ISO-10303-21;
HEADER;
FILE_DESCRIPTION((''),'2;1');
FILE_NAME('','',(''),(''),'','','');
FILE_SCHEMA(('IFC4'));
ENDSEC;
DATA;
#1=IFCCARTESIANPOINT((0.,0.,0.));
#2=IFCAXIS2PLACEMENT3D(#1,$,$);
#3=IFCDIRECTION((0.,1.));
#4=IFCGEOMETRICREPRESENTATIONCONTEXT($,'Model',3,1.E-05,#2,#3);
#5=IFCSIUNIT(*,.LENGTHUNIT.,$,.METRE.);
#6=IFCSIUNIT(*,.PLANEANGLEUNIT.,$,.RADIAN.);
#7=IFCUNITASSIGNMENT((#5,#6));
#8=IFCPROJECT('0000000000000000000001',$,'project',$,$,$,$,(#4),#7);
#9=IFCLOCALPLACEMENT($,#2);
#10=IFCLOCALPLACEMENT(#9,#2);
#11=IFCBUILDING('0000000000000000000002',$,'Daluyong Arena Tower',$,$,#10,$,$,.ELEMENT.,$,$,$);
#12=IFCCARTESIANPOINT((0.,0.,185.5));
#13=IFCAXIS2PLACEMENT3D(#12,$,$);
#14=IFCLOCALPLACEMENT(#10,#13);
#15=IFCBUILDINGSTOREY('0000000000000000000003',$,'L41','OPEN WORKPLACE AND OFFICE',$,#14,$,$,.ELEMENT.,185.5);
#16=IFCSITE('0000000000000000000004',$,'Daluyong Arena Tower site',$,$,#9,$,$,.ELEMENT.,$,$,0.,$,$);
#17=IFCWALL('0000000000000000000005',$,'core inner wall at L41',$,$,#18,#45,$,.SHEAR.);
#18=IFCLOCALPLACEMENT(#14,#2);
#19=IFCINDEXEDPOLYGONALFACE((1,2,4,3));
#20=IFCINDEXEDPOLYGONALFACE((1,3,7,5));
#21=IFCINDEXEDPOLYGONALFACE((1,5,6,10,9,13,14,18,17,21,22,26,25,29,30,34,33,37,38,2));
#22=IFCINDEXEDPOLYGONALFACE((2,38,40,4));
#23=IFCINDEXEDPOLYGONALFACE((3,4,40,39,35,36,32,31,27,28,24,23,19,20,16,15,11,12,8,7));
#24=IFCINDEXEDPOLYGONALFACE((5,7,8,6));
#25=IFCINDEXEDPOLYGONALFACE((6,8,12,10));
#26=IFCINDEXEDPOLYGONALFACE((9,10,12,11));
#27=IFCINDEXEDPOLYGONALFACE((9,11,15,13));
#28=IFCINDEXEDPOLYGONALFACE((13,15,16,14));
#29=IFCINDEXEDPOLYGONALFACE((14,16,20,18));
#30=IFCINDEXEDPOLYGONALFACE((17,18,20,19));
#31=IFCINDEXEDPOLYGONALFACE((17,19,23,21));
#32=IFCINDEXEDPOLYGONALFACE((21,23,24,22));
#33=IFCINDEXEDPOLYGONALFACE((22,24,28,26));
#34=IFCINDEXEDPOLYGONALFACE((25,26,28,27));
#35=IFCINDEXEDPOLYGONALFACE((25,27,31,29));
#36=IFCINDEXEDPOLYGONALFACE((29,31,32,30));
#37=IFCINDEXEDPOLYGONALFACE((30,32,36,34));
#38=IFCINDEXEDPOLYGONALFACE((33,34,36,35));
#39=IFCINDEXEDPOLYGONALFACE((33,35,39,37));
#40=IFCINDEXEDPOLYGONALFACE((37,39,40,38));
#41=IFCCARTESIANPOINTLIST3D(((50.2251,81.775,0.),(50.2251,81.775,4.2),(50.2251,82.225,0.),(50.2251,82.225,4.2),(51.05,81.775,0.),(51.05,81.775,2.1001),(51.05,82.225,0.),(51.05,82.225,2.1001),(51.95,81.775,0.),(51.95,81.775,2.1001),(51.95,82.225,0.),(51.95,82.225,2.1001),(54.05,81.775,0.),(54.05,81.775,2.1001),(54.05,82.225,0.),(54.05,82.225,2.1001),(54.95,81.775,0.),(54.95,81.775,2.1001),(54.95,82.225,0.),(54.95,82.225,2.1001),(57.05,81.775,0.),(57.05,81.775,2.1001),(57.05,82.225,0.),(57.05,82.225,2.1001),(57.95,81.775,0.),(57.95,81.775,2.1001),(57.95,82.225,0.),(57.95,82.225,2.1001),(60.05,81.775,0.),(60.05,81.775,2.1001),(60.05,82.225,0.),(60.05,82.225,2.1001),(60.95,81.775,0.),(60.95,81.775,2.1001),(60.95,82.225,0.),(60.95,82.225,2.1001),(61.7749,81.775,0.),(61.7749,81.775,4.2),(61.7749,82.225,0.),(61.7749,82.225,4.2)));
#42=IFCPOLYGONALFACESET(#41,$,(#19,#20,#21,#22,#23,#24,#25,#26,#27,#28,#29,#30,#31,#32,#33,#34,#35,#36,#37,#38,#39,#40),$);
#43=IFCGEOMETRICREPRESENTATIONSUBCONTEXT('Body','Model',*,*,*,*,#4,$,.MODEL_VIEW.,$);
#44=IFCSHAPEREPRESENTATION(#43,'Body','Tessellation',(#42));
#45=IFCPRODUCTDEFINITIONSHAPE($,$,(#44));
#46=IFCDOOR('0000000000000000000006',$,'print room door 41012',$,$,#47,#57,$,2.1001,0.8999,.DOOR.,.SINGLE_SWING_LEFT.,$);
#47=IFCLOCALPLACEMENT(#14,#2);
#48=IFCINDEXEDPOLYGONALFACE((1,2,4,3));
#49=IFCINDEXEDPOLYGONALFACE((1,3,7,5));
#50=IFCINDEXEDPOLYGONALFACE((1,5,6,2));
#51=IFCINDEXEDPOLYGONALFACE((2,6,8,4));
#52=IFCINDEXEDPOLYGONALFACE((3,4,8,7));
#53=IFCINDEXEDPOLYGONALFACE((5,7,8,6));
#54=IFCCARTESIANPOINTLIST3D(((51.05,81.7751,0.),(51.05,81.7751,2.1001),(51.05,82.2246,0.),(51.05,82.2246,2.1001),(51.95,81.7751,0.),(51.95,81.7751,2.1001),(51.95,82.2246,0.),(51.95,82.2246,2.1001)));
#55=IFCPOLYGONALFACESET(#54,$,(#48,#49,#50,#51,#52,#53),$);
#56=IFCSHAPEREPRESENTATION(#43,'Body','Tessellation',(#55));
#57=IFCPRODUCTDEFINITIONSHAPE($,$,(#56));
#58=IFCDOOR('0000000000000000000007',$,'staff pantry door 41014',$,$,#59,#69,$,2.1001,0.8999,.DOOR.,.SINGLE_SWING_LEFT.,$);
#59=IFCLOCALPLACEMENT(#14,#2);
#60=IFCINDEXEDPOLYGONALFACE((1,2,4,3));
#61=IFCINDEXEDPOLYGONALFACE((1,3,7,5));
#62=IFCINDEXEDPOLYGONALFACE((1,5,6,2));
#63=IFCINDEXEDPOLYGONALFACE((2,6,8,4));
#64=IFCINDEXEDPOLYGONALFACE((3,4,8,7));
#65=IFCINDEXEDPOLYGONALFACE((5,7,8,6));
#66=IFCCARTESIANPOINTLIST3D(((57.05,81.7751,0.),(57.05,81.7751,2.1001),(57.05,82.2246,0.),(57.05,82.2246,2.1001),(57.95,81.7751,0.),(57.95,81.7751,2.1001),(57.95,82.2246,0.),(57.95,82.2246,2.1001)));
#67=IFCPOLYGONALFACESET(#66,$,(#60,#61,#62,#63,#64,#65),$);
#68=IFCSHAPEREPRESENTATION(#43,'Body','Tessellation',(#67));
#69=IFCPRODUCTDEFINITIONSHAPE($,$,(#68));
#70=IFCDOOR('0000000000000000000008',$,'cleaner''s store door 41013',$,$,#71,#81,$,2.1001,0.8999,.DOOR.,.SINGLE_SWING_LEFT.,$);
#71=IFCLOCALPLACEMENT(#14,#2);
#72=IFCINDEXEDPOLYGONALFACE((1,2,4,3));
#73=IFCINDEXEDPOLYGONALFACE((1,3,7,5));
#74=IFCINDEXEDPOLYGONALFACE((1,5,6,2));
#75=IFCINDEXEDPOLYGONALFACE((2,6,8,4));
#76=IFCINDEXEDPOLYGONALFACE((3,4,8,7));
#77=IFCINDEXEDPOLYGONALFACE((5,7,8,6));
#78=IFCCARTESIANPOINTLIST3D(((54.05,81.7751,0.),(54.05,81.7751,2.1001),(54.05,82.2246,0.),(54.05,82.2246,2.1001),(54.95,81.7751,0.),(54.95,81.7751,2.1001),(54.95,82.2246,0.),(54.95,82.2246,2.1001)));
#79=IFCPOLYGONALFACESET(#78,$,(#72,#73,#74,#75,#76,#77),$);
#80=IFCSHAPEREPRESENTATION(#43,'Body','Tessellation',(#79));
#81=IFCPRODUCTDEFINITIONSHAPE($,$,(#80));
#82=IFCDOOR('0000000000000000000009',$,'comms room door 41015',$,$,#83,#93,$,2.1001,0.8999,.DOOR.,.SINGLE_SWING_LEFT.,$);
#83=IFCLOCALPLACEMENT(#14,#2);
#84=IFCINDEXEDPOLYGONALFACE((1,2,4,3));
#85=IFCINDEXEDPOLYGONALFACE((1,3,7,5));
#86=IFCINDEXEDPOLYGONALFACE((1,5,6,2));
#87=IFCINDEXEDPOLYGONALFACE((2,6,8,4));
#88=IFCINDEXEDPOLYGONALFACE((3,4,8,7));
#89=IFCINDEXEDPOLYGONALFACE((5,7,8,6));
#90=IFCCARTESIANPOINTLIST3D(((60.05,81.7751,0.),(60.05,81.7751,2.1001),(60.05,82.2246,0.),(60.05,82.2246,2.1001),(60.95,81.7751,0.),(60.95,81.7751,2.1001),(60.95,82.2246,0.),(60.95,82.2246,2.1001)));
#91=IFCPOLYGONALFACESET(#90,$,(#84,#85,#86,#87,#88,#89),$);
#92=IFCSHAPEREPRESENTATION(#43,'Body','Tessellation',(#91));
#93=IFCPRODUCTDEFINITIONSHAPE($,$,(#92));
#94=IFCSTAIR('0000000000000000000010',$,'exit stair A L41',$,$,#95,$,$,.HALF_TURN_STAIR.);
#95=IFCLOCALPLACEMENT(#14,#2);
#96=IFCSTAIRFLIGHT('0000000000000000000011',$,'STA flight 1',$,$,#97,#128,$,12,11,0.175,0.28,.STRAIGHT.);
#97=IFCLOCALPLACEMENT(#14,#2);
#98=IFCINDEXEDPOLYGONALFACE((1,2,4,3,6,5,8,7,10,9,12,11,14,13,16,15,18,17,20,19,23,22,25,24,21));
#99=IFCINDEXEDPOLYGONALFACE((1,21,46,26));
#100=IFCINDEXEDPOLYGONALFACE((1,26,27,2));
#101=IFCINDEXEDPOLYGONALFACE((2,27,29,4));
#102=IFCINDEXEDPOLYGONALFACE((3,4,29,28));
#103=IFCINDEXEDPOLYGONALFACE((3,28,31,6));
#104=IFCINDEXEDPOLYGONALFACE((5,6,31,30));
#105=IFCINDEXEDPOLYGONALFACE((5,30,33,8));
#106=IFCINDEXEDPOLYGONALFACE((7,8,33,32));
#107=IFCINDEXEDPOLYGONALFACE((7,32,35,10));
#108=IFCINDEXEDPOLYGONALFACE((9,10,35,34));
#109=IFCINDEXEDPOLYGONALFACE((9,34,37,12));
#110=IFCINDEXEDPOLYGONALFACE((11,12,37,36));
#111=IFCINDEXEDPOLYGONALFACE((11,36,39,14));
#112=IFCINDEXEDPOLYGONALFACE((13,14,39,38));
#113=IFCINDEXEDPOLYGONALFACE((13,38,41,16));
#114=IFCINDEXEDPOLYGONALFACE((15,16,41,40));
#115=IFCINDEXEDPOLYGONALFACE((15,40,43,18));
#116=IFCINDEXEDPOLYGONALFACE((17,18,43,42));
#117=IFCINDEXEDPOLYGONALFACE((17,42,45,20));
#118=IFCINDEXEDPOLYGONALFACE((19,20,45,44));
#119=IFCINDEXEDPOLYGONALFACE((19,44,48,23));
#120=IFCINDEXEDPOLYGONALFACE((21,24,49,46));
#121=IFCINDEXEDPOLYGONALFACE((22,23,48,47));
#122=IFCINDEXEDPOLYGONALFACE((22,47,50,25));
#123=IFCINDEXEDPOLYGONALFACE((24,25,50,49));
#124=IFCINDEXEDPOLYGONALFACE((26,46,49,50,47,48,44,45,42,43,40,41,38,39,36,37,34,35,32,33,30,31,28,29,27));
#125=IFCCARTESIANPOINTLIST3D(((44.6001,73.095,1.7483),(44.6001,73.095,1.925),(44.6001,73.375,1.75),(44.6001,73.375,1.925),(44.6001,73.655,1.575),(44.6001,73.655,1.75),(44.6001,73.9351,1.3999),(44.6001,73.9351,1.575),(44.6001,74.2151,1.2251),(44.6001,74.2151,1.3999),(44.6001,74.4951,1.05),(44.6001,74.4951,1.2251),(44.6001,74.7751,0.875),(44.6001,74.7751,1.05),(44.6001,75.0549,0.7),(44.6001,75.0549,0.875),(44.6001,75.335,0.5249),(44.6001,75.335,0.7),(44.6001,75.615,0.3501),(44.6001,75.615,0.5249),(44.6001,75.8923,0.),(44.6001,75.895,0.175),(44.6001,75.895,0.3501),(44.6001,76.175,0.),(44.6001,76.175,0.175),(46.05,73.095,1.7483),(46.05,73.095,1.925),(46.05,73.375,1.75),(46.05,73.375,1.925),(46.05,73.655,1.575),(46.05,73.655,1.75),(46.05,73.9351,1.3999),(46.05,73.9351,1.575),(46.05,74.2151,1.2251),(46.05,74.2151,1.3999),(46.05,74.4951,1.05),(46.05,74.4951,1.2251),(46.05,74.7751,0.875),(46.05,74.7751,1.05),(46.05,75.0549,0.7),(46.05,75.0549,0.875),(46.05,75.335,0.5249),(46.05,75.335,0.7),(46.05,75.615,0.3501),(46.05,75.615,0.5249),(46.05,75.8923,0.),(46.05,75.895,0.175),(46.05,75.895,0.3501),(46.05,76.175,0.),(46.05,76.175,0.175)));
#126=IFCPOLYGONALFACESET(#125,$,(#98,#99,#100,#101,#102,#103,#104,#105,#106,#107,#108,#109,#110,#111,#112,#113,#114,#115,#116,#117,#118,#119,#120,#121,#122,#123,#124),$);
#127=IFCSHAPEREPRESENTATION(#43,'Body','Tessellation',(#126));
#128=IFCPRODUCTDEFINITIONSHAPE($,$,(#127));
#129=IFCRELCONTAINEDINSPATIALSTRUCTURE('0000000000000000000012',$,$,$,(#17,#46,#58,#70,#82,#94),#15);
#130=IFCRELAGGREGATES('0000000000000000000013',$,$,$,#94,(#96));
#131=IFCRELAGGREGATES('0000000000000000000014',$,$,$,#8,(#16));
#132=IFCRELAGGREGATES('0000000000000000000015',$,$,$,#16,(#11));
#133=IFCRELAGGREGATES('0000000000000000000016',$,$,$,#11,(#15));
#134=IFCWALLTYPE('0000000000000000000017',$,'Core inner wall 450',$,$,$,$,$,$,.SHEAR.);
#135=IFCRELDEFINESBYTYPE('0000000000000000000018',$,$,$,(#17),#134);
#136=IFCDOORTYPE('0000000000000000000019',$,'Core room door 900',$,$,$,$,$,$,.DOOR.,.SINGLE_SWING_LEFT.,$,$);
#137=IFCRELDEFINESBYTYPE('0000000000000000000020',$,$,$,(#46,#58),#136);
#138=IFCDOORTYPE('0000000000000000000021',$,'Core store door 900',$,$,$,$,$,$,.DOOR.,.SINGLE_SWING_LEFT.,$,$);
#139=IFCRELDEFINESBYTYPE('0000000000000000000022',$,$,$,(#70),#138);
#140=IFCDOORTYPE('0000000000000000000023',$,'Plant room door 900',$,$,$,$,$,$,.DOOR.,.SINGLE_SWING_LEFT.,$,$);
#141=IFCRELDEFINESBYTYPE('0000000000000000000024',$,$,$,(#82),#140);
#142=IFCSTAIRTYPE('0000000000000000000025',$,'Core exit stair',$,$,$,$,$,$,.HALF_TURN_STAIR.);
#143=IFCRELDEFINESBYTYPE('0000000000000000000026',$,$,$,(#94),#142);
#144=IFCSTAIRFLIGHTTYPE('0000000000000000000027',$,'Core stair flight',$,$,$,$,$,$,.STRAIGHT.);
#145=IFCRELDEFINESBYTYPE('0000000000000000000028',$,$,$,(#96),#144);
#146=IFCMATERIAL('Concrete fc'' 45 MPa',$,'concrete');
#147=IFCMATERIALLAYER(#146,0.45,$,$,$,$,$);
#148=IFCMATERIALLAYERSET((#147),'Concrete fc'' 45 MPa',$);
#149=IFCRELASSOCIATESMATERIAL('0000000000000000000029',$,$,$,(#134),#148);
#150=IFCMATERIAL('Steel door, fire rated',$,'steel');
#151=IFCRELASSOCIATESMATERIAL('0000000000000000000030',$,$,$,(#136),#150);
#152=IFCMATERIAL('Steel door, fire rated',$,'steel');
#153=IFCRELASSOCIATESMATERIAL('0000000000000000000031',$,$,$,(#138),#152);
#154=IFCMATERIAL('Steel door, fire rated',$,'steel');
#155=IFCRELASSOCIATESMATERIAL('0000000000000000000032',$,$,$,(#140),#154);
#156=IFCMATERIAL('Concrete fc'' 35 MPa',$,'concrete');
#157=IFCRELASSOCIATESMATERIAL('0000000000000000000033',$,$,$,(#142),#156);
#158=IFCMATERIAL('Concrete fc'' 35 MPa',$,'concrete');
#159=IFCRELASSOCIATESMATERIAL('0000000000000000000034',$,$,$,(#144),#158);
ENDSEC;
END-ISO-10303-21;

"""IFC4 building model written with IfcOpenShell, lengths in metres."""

from ifc_helpers import new_model, si_unit, direction, frame, frame_2d, origin, place, context, subcontext, project, spatial, polyline, rectangle, outline, extrude, material, layer, layer_set, type_object, element, fill, aggregate, save


model = new_model("IFC4")

# Units and contexts
model_context = context("Model", 3, precision=1e-05, world=origin(), true_north=direction((0.0, 1.0)))
body_context = subcontext(model_context, "Body", "Model", "MODEL_VIEW")
ifc_project = project(units=[si_unit("LENGTHUNIT", "METRE"), si_unit("PLANEANGLEUNIT", "RADIAN")], contexts=[model_context])

# Site, building, storey
site_placement = place(None, origin())
site = spatial("IfcSite", under=ifc_project, at=site_placement, Name="Daluyong Arena Tower site", CompositionType="ELEMENT", RefElevation=0.0)
building_placement = place(site_placement, origin())
building = spatial("IfcBuilding", under=site, at=building_placement, Name="Daluyong Arena Tower", CompositionType="ELEMENT")
storey_placement = place(building_placement, frame((0.0, 0.0, 185.5)))
storey = spatial("IfcBuildingStorey", under=building, at=storey_placement, Name="L41", Description="OPEN WORKPLACE AND OFFICE", CompositionType="ELEMENT", Elevation=185.5)

# Wall, openings, doors
ifc_material_1 = material(Name="Concrete fc' 45 MPa", Category="concrete")
ifc_layer = layer(ifc_material_1, 0.45)
ifc_layer_set = layer_set([ifc_layer], Name="Concrete fc' 45 MPa")
wall_type = type_object("IfcWallType", Name="Core inner wall 450", PredefinedType="SHEAR", material=ifc_layer_set)
ifc_material_2 = material(Name="Steel door, fire rated", Category="steel")
door_type_1 = type_object("IfcDoorType", Name="Core room door 900", OperationType="SINGLE_SWING_LEFT", PredefinedType="DOOR", material=ifc_material_2)
ifc_material_3 = material(Name="Steel door, fire rated", Category="steel")
door_type_2 = type_object("IfcDoorType", Name="Core store door 900", OperationType="SINGLE_SWING_LEFT", PredefinedType="DOOR", material=ifc_material_3)
wall_1_placement = place(storey_placement, frame((50.2251, 82.0, 0.0), z_axis=(0.0, 0.0, 1.0), x_axis=(1.0, 0.0, 0.0)))
wall_1 = element("IfcWall", 1, at=wall_1_placement, inside=storey, type_object=wall_type, Name="core inner wall at L41", PredefinedType="SHEAR", context=body_context, shape_type="SweptSolid", body=[
    extrude(rectangle(XDim=11.5498, YDim=0.45, at=frame_2d((5.7749, 0.0))), origin(), (0.0, 0.0, 1.0), 4.2),
])
opening_1_placement = place(wall_1_placement, frame((0.825, 0.0, 0.0)))
opening_1 = element("IfcOpeningElement", 2, at=opening_1_placement, cuts=wall_1, PredefinedType="OPENING", context=body_context, shape_type="SweptSolid", body=[
    extrude(rectangle(XDim=0.8999, YDim=2.1001, at=frame_2d((0.45, 1.05))), frame((0.0, 0.2349, 0.0), z_axis=(0.0, -1.0, 0.0), x_axis=(1.0, 0.0, 0.0)), (0.0, 0.0, 1.0), 0.47),
])
opening_2_placement = place(wall_1_placement, frame((3.825, 0.0, 0.0)))
opening_2 = element("IfcOpeningElement", 3, at=opening_2_placement, cuts=wall_1, PredefinedType="OPENING", context=body_context, shape_type="SweptSolid", body=[
    extrude(rectangle(XDim=0.8999, YDim=2.1001, at=frame_2d((0.45, 1.05))), frame((0.0, 0.2349, 0.0), z_axis=(0.0, -1.0, 0.0), x_axis=(1.0, 0.0, 0.0)), (0.0, 0.0, 1.0), 0.47),
])
opening_3_placement = place(wall_1_placement, frame((6.825, 0.0, 0.0)))
opening_3 = element("IfcOpeningElement", 4, at=opening_3_placement, cuts=wall_1, PredefinedType="OPENING", context=body_context, shape_type="SweptSolid", body=[
    extrude(rectangle(XDim=0.8999, YDim=2.1001, at=frame_2d((0.45, 1.05))), frame((0.0, 0.2349, 0.0), z_axis=(0.0, -1.0, 0.0), x_axis=(1.0, 0.0, 0.0)), (0.0, 0.0, 1.0), 0.47),
])
opening_4_placement = place(wall_1_placement, frame((9.825, 0.0, 0.0)))
opening_4 = element("IfcOpeningElement", 5, at=opening_4_placement, cuts=wall_1, PredefinedType="OPENING", context=body_context, shape_type="SweptSolid", body=[
    extrude(rectangle(XDim=0.8999, YDim=2.1001, at=frame_2d((0.45, 1.05))), frame((0.0, 0.2349, 0.0), z_axis=(0.0, -1.0, 0.0), x_axis=(1.0, 0.0, 0.0)), (0.0, 0.0, 1.0), 0.47),
])
door_1_placement = place(opening_1_placement, origin())
door_1 = element("IfcDoor", 6, at=door_1_placement, inside=storey, type_object=door_type_1, Name="print room door 41012", OperationType="SINGLE_SWING_LEFT", OverallHeight=2.1001, OverallWidth=0.8999, PredefinedType="DOOR", context=body_context, shape_type="SweptSolid", body=[
    extrude(rectangle(XDim=0.8999, YDim=2.1001, at=frame_2d((0.45, 1.05))), frame((0.0, 0.2246, 0.0), z_axis=(0.0, -1.0, 0.0), x_axis=(1.0, 0.0, 0.0)), (0.0, 0.0, 1.0), 0.4495),
])
fill(opening_1, door_1)
door_2_placement = place(opening_3_placement, origin())
door_2 = element("IfcDoor", 7, at=door_2_placement, inside=storey, type_object=door_type_1, Name="staff pantry door 41014", OperationType="SINGLE_SWING_LEFT", OverallHeight=2.1001, OverallWidth=0.8999, PredefinedType="DOOR", context=body_context, shape_type="SweptSolid", body=[
    extrude(rectangle(XDim=0.8999, YDim=2.1001, at=frame_2d((0.45, 1.05))), frame((0.0, 0.2246, 0.0), z_axis=(0.0, -1.0, 0.0), x_axis=(1.0, 0.0, 0.0)), (0.0, 0.0, 1.0), 0.4495),
])
fill(opening_3, door_2)
door_3_placement = place(opening_2_placement, origin())
door_3 = element("IfcDoor", 8, at=door_3_placement, inside=storey, type_object=door_type_2, Name="cleaner's store door 41013", OperationType="SINGLE_SWING_LEFT", OverallHeight=2.1001, OverallWidth=0.8999, PredefinedType="DOOR", context=body_context, shape_type="SweptSolid", body=[
    extrude(rectangle(XDim=0.8999, YDim=2.1001, at=frame_2d((0.45, 1.05))), frame((0.0, 0.2246, 0.0), z_axis=(0.0, -1.0, 0.0), x_axis=(1.0, 0.0, 0.0)), (0.0, 0.0, 1.0), 0.4495),
])
fill(opening_2, door_3)
ifc_material_4 = material(Name="Steel door, fire rated", Category="steel")
door_type_3 = type_object("IfcDoorType", Name="Plant room door 900", OperationType="SINGLE_SWING_LEFT", PredefinedType="DOOR", material=ifc_material_4)
door_4_placement = place(opening_4_placement, origin())
door_4 = element("IfcDoor", 9, at=door_4_placement, inside=storey, type_object=door_type_3, Name="comms room door 41015", OperationType="SINGLE_SWING_LEFT", OverallHeight=2.1001, OverallWidth=0.8999, PredefinedType="DOOR", context=body_context, shape_type="SweptSolid", body=[
    extrude(rectangle(XDim=0.8999, YDim=2.1001, at=frame_2d((0.45, 1.05))), frame((0.0, 0.2246, 0.0), z_axis=(0.0, -1.0, 0.0), x_axis=(1.0, 0.0, 0.0)), (0.0, 0.0, 1.0), 0.4495),
])
fill(opening_4, door_4)

# Stair, stair flight
ifc_material_5 = material(Name="Concrete fc' 35 MPa", Category="concrete")
stair_type = type_object("IfcStairType", Name="Core exit stair", PredefinedType="HALF_TURN_STAIR", material=ifc_material_5)
stair_placement = place(storey_placement, origin())
stair = element("IfcStair", 10, at=stair_placement, inside=storey, type_object=stair_type, Name="exit stair A L41", PredefinedType="HALF_TURN_STAIR")
ifc_material_6 = material(Name="Concrete fc' 35 MPa", Category="concrete")
stair_flight_type = type_object("IfcStairFlightType", Name="Core stair flight", PredefinedType="STRAIGHT", material=ifc_material_6)
stair_flight_placement = place(storey_placement, frame((45.325, 76.175, 0.0), z_axis=(0.0, 0.0, 1.0), x_axis=(0.0, -1.0, 0.0)))
stair_flight = element("IfcStairFlight", 11, at=stair_flight_placement, type_object=stair_flight_type, Name="STA flight 1", NumberOfRisers=12, NumberOfTreads=11, PredefinedType="STRAIGHT", RiserHeight=0.175, TreadLength=0.28, context=body_context, shape_type="SweptSolid", body=[
    extrude(outline(polyline([(0.0, 0.0), (0.0, 0.175), (0.28, 0.175), (0.28, 0.3501), (0.5601, 0.3501), (0.5601, 0.5249), (0.8401, 0.5249), (0.8401, 0.7), (1.1201, 0.7), (1.1201, 0.875), (1.3999, 0.875), (1.3999, 1.05), (1.6799, 1.05), (1.6799, 1.2251), (1.96, 1.2251), (1.96, 1.3999), (2.24, 1.3999), (2.24, 1.575), (2.52, 1.575), (2.52, 1.75), (2.8, 1.75), (2.8, 1.925), (3.0801, 1.925), (3.0801, 2.1001), (3.0801, 1.7483), (0.2827, 0.0), (0.0, 0.0)])), frame((0.0, 0.7251, 0.0), z_axis=(0.0, -1.0, 0.0), x_axis=(1.0, 0.0, 0.0)), (0.0, 0.0, 1.0), 1.45),
])
aggregate(stair, [stair_flight])

save(model, "model.ifc")
